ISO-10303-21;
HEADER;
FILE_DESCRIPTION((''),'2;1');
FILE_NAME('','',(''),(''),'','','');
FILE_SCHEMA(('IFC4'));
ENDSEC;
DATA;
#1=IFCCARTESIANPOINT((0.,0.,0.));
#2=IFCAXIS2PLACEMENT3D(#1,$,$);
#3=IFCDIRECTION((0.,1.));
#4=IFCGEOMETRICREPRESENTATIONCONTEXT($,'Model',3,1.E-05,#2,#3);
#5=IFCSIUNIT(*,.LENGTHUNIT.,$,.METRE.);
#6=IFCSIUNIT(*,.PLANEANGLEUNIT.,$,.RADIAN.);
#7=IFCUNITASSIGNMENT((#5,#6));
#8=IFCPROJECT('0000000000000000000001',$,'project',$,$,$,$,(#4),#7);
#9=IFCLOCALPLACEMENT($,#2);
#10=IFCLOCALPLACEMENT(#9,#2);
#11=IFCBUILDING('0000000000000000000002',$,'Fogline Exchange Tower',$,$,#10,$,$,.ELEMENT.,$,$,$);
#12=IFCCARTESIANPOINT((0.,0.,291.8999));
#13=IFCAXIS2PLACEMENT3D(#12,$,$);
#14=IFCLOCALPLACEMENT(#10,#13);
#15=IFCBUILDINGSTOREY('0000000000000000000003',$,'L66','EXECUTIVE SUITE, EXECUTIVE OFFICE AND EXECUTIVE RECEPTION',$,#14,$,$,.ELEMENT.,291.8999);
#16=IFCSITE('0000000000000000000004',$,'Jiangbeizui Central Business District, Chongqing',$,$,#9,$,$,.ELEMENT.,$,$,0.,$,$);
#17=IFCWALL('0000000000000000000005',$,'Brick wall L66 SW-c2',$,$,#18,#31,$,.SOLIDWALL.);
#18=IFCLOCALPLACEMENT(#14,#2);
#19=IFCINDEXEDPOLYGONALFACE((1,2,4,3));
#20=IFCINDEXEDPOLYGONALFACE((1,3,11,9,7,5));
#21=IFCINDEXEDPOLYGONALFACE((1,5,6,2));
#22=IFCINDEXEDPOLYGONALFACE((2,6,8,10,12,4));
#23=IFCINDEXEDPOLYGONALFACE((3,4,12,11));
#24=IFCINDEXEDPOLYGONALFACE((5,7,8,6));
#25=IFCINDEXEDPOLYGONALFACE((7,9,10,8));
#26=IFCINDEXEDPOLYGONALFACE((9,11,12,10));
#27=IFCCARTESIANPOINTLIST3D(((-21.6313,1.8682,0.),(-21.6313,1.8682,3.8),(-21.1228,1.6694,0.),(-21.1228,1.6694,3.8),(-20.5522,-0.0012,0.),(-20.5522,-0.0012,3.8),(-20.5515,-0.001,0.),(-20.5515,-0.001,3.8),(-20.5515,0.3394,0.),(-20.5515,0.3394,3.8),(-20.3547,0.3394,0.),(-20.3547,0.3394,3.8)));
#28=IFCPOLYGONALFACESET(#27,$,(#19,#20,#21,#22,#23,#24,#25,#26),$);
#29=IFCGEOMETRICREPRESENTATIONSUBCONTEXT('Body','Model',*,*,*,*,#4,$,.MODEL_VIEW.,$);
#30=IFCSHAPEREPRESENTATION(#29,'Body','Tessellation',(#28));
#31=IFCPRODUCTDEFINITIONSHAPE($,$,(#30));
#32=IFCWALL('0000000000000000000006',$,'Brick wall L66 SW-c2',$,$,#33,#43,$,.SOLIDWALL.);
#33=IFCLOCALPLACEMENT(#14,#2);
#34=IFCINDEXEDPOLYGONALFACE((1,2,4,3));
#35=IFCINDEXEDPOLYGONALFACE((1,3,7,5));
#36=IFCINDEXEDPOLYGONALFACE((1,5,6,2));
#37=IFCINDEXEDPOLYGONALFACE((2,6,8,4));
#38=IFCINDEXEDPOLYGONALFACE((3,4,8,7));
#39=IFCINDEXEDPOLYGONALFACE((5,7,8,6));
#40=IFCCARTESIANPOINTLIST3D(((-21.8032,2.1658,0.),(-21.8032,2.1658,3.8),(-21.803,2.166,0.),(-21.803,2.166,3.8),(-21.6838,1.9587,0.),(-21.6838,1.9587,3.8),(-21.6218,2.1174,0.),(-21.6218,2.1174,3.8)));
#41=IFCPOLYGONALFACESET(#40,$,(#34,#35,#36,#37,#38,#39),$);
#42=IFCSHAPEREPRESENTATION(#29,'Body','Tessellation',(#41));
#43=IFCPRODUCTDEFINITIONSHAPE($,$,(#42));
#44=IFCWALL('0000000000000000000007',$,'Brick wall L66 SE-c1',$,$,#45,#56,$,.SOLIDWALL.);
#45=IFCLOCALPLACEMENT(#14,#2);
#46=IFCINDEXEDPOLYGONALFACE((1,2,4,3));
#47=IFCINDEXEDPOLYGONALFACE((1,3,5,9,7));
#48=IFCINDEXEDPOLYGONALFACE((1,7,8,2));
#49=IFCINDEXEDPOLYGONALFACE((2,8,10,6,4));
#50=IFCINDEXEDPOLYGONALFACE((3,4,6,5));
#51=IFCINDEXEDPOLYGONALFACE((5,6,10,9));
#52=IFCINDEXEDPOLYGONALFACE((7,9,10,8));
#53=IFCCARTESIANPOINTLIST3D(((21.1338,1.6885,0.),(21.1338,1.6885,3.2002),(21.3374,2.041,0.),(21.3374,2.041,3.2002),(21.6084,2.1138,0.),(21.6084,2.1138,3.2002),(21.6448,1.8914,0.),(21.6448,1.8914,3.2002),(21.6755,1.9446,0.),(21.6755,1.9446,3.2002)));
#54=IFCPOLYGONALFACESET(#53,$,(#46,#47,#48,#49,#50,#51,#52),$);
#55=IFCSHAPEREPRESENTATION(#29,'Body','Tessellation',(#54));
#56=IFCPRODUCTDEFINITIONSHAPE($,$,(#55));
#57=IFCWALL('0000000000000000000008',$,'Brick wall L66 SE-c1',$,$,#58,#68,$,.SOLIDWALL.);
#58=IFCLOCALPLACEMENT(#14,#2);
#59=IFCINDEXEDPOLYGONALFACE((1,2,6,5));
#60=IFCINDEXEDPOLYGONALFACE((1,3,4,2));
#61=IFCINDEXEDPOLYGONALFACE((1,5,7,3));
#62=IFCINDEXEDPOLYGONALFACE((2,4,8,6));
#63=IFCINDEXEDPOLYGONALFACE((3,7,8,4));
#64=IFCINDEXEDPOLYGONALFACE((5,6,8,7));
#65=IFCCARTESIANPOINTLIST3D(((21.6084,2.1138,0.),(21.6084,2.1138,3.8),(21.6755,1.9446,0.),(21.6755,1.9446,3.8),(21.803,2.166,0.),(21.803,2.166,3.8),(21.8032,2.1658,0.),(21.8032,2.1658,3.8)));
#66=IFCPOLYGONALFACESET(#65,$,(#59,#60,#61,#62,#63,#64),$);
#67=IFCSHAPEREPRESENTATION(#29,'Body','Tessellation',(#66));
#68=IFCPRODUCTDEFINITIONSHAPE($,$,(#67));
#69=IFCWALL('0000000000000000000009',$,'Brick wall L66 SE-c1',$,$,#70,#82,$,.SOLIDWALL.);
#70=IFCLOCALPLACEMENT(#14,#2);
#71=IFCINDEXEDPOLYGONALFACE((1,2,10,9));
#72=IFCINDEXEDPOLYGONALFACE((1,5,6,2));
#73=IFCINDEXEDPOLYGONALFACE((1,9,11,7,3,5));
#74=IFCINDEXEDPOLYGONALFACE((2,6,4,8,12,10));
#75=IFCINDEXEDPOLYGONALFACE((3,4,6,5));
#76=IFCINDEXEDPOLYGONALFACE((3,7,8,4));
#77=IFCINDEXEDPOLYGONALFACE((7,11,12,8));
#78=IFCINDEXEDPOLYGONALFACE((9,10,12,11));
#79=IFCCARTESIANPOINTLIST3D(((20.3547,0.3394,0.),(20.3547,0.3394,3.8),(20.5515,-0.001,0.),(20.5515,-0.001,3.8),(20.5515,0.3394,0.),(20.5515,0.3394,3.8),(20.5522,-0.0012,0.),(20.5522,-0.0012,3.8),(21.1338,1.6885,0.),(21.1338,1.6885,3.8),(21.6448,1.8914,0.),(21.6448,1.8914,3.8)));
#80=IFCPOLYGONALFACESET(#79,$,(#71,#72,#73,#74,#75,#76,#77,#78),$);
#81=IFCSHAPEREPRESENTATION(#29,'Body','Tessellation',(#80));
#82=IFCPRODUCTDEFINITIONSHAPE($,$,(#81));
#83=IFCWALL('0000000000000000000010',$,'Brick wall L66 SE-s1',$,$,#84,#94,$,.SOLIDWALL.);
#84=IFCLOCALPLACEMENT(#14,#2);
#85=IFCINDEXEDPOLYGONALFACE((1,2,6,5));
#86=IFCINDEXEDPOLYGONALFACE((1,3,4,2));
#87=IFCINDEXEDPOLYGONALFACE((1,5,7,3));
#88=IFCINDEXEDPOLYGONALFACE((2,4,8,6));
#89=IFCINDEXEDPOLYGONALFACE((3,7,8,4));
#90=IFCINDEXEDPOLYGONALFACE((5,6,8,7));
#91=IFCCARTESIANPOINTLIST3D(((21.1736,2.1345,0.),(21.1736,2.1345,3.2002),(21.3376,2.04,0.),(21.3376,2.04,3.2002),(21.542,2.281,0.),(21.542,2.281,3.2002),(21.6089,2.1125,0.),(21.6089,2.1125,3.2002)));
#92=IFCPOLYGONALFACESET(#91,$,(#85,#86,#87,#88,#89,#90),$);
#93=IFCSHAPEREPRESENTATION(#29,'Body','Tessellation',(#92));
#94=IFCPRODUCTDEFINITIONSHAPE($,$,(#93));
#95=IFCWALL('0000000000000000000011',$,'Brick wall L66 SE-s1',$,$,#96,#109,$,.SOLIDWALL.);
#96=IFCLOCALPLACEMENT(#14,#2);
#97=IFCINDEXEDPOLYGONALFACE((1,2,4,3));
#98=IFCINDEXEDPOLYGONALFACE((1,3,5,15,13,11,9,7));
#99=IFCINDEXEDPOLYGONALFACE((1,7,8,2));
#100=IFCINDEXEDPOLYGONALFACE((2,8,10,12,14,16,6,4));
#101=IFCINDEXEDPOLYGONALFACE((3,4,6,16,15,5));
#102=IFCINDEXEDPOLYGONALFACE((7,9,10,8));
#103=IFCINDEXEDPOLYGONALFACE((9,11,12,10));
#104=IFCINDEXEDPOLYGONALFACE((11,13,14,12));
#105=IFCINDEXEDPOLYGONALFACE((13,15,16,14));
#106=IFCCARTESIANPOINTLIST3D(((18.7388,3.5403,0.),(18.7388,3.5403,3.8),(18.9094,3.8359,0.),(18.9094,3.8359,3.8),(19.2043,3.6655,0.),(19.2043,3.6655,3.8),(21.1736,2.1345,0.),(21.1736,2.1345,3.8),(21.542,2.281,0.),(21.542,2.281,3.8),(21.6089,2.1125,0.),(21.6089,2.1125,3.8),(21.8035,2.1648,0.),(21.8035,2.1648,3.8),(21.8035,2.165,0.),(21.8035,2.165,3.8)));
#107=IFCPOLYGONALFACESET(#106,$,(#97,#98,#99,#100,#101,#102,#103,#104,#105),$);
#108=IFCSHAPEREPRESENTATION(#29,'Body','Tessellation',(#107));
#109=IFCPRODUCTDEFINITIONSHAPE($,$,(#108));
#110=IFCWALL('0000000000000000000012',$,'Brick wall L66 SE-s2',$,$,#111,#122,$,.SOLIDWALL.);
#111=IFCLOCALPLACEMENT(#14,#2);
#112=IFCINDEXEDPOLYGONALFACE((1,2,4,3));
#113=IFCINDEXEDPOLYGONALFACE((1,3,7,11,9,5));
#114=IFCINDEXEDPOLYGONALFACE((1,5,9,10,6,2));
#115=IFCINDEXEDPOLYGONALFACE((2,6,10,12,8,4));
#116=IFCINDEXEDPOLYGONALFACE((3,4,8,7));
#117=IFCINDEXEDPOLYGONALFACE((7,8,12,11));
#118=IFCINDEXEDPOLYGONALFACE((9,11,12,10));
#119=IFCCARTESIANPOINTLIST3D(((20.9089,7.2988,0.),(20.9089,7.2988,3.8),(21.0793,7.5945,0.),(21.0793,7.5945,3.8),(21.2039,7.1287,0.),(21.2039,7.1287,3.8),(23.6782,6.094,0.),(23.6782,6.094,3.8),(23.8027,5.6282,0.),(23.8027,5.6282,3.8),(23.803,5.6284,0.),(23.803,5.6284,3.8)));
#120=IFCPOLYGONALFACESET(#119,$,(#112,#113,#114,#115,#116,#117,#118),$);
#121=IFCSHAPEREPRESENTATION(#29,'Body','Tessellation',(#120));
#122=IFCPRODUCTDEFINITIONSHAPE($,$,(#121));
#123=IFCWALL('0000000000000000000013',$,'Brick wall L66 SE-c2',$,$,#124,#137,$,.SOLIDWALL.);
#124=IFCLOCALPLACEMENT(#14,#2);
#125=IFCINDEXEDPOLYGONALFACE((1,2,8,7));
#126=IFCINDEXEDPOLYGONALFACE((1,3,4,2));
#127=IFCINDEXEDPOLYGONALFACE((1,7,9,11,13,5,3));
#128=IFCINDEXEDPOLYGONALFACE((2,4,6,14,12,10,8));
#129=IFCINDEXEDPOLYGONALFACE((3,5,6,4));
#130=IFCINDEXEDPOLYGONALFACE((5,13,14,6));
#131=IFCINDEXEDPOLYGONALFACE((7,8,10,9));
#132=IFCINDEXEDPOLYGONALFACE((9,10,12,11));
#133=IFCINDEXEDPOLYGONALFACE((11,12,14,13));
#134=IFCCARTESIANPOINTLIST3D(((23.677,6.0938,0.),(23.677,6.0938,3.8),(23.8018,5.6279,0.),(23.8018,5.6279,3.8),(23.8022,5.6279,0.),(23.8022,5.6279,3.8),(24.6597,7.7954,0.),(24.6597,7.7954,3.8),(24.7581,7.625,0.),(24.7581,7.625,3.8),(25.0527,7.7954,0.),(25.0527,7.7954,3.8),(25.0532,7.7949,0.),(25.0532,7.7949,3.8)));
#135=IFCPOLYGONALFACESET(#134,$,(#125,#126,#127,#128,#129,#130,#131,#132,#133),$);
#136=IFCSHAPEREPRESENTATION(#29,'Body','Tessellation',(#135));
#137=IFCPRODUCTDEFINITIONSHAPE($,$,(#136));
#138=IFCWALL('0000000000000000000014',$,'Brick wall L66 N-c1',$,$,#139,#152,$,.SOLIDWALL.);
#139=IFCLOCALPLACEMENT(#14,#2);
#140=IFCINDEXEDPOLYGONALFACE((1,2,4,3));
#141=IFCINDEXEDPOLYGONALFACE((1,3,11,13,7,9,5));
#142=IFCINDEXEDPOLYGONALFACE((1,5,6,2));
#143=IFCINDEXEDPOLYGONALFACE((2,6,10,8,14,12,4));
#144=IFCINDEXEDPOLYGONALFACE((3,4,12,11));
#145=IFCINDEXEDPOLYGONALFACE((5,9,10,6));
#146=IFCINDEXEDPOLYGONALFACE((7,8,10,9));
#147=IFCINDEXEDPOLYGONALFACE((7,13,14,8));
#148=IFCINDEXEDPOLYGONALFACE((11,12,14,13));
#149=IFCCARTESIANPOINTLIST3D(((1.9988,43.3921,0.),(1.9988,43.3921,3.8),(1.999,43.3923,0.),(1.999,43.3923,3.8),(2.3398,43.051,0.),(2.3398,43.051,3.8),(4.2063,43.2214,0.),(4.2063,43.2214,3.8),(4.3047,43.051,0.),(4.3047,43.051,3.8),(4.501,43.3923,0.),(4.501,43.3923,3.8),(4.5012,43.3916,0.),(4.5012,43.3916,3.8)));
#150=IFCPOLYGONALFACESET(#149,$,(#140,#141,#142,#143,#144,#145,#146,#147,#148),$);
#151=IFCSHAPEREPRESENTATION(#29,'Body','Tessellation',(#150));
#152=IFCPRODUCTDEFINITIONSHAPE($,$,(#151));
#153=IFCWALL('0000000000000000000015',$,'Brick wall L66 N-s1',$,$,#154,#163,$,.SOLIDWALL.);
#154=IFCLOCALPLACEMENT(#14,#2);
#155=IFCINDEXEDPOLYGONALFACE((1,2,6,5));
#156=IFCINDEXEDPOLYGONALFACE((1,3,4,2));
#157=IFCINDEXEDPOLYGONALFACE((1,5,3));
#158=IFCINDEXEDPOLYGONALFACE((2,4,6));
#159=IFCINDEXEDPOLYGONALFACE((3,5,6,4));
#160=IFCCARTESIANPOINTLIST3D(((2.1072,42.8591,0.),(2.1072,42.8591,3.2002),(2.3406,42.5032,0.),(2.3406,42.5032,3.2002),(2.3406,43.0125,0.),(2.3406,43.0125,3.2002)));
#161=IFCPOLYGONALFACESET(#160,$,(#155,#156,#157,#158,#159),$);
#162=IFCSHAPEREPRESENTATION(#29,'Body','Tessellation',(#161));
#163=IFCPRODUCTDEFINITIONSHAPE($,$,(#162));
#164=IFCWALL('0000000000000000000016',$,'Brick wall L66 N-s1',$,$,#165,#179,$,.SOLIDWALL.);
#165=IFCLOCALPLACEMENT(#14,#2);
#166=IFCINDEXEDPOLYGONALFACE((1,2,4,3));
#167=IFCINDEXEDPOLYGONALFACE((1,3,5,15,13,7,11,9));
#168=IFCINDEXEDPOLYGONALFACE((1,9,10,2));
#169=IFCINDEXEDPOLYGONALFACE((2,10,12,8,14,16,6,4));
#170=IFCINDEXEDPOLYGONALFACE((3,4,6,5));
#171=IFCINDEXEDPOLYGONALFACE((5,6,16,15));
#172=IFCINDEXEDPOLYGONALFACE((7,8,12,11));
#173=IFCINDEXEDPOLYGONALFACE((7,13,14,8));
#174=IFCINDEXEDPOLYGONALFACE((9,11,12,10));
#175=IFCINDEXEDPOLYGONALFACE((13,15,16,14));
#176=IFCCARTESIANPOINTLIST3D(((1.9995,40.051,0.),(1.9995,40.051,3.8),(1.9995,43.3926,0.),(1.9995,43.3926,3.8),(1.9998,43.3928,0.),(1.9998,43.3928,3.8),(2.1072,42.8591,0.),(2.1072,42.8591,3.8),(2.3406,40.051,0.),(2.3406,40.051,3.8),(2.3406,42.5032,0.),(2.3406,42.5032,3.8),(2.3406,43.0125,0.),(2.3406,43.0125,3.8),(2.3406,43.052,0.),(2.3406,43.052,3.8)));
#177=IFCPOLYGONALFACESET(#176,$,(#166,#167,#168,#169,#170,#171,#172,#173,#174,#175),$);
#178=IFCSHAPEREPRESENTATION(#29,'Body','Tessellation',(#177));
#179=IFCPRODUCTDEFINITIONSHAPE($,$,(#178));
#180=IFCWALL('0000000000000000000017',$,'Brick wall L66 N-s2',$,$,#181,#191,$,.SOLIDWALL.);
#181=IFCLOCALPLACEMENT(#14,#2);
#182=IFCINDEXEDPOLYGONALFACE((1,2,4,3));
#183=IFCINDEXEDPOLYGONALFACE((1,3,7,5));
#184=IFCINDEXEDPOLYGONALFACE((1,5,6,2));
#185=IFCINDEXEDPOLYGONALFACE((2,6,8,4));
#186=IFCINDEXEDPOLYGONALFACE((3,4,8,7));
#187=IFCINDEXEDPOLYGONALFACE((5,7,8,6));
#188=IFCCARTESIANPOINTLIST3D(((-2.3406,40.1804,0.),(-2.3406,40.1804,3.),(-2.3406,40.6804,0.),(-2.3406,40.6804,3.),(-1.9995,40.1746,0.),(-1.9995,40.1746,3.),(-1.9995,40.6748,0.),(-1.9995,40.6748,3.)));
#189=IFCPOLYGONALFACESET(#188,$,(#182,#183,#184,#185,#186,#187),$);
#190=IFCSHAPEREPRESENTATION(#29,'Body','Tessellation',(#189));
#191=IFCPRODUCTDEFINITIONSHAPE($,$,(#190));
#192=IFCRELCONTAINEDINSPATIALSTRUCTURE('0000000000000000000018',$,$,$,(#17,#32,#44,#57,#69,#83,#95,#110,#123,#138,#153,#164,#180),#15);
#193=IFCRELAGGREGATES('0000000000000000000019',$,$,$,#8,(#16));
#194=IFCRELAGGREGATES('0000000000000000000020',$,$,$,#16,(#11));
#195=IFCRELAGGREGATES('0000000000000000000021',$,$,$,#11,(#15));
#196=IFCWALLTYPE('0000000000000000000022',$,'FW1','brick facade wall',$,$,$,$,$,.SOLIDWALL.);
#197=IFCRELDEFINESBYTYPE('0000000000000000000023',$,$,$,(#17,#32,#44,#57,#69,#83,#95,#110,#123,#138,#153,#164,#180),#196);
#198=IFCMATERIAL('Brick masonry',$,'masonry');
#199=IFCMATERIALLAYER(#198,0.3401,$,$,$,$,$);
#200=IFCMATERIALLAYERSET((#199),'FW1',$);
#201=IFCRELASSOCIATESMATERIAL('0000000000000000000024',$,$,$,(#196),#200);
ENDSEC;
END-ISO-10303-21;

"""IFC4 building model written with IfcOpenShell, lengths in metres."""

from ifc_helpers import new_model, si_unit, direction, frame, origin, place, context, subcontext, project, spatial, polyline, outline, extrude, material, layer, layer_set, type_object, element, save


model = new_model("IFC4")

# Units and contexts
model_context = context("Model", 3, precision=1e-05, world=origin(), true_north=direction((0.0, 1.0)))
body_context = subcontext(model_context, "Body", "Model", "MODEL_VIEW")
ifc_project = project(units=[si_unit("LENGTHUNIT", "METRE"), si_unit("PLANEANGLEUNIT", "RADIAN")], contexts=[model_context])

# Site, building, storey
site_placement = place(None, origin())
site = spatial("IfcSite", under=ifc_project, at=site_placement, Name="Jiangbeizui Central Business District, Chongqing", CompositionType="ELEMENT", RefElevation=0.0)
building_placement = place(site_placement, origin())
building = spatial("IfcBuilding", under=site, at=building_placement, Name="Fogline Exchange Tower", CompositionType="ELEMENT")
storey_placement = place(building_placement, frame((0.0, 0.0, 291.8999)))
storey = spatial("IfcBuildingStorey", under=building, at=storey_placement, Name="L66", Description="EXECUTIVE SUITE, EXECUTIVE OFFICE AND EXECUTIVE RECEPTION", CompositionType="ELEMENT", Elevation=291.8999)

# Walls
ifc_material_1 = material(Name="Brick masonry", Category="masonry")
ifc_layer_1 = layer(ifc_material_1, 0.3401)
ifc_layer_set_1 = layer_set([ifc_layer_1], Name="FW1")
wall_type_1 = type_object("IfcWallType", Name="FW1", Description="brick facade wall", PredefinedType="SOLIDWALL", material=ifc_layer_set_1)
wall_1_placement = place(storey_placement, origin())
element("IfcWall", 1, at=wall_1_placement, inside=storey, type_object=wall_type_1, Name="Brick wall L66 SW-c2", PredefinedType="SOLIDWALL", context=body_context, shape_type="SweptSolid", body=[
    extrude(outline(polyline([(-20.5515, 0.3394), (-20.5515, -0.001), (-20.5522, -0.0012), (-21.6313, 1.8682), (-21.1228, 1.6694), (-20.3547, 0.3394), (-20.5515, 0.3394)])), origin(), (0.0, 0.0, 1.0), 3.8),
])
wall_2_placement = place(storey_placement, origin())
element("IfcWall", 2, at=wall_2_placement, inside=storey, type_object=wall_type_1, Name="Brick wall L66 SW-c2", PredefinedType="SOLIDWALL", context=body_context, shape_type="SweptSolid", body=[
    extrude(outline(polyline([(-21.8032, 2.1658), (-21.803, 2.166), (-21.6218, 2.1174), (-21.6838, 1.9587), (-21.8032, 2.1658)])), origin(), (0.0, 0.0, 1.0), 3.8),
])
wall_3_placement = place(storey_placement, origin())
element("IfcWall", 3, at=wall_3_placement, inside=storey, type_object=wall_type_1, Name="Brick wall L66 SE-c1", PredefinedType="SOLIDWALL", context=body_context, shape_type="SweptSolid", body=[
    extrude(outline(polyline([(21.6448, 1.8914), (21.1338, 1.6885), (21.3374, 2.041), (21.6084, 2.1138), (21.6755, 1.9446), (21.6448, 1.8914)])), origin(), (0.0, 0.0, 1.0), 3.2002),
])
wall_4_placement = place(storey_placement, origin())
element("IfcWall", 4, at=wall_4_placement, inside=storey, type_object=wall_type_1, Name="Brick wall L66 SE-c1", PredefinedType="SOLIDWALL", context=body_context, shape_type="SweptSolid", body=[
    extrude(outline(polyline([(21.6755, 1.9446), (21.6084, 2.1138), (21.803, 2.166), (21.8032, 2.1658), (21.6755, 1.9446)])), origin(), (0.0, 0.0, 1.0), 3.8),
])
wall_5_placement = place(storey_placement, origin())
element("IfcWall", 5, at=wall_5_placement, inside=storey, type_object=wall_type_1, Name="Brick wall L66 SE-c1", PredefinedType="SOLIDWALL", context=body_context, shape_type="SweptSolid", body=[
    extrude(outline(polyline([(20.5522, -0.0012), (20.5515, -0.001), (20.5515, 0.3394), (20.3547, 0.3394), (21.1338, 1.6885), (21.6448, 1.8914), (20.5522, -0.0012)])), origin(), (0.0, 0.0, 1.0), 3.8),
])
wall_6_placement = place(storey_placement, origin())
element("IfcWall", 6, at=wall_6_placement, inside=storey, type_object=wall_type_1, Name="Brick wall L66 SE-s1", PredefinedType="SOLIDWALL", context=body_context, shape_type="SweptSolid", body=[
    extrude(outline(polyline([(21.3376, 2.04), (21.1736, 2.1345), (21.542, 2.281), (21.6089, 2.1125), (21.3376, 2.04)])), origin(), (0.0, 0.0, 1.0), 3.2002),
])
wall_7_placement = place(storey_placement, origin())
element("IfcWall", 7, at=wall_7_placement, inside=storey, type_object=wall_type_1, Name="Brick wall L66 SE-s1", PredefinedType="SOLIDWALL", context=body_context, shape_type="SweptSolid", body=[
    extrude(outline(polyline([(18.9094, 3.8359), (19.2043, 3.6655), (21.8035, 2.165), (21.8035, 2.1648), (21.6089, 2.1125), (21.542, 2.281), (21.1736, 2.1345), (18.7388, 3.5403), (18.9094, 3.8359)])), origin(), (0.0, 0.0, 1.0), 3.8),
])
wall_8_placement = place(storey_placement, origin())
element("IfcWall", 8, at=wall_8_placement, inside=storey, type_object=wall_type_1, Name="Brick wall L66 SE-s2", PredefinedType="SOLIDWALL", context=body_context, shape_type="SweptSolid", body=[
    extrude(outline(polyline([(23.8027, 5.6282), (21.2039, 7.1287), (20.9089, 7.2988), (21.0793, 7.5945), (23.6782, 6.094), (23.803, 5.6284), (23.8027, 5.6282)])), origin(), (0.0, 0.0, 1.0), 3.8),
])
wall_9_placement = place(storey_placement, origin())
element("IfcWall", 9, at=wall_9_placement, inside=storey, type_object=wall_type_1, Name="Brick wall L66 SE-c2", PredefinedType="SOLIDWALL", context=body_context, shape_type="SweptSolid", body=[
    extrude(outline(polyline([(24.6597, 7.7954), (24.7581, 7.625), (25.0527, 7.7954), (25.0532, 7.7949), (23.8022, 5.6279), (23.8018, 5.6279), (23.677, 6.0938), (24.6597, 7.7954)])), origin(), (0.0, 0.0, 1.0), 3.8),
])
wall_10_placement = place(storey_placement, origin())
element("IfcWall", 10, at=wall_10_placement, inside=storey, type_object=wall_type_1, Name="Brick wall L66 N-c1", PredefinedType="SOLIDWALL", context=body_context, shape_type="SweptSolid", body=[
    extrude(outline(polyline([(1.999, 43.3923), (4.501, 43.3923), (4.5012, 43.3916), (4.2063, 43.2214), (4.3047, 43.051), (2.3398, 43.051), (1.9988, 43.3921), (1.999, 43.3923)])), origin(), (0.0, 0.0, 1.0), 3.8),
])
wall_11_placement = place(storey_placement, origin())
element("IfcWall", 11, at=wall_11_placement, inside=storey, type_object=wall_type_1, Name="Brick wall L66 N-s1", PredefinedType="SOLIDWALL", context=body_context, shape_type="SweptSolid", body=[
    extrude(outline(polyline([(2.3406, 42.5032), (2.1072, 42.8591), (2.3406, 43.0125), (2.3406, 42.5032)])), origin(), (0.0, 0.0, 1.0), 3.2002),
])
wall_12_placement = place(storey_placement, origin())
element("IfcWall", 12, at=wall_12_placement, inside=storey, type_object=wall_type_1, Name="Brick wall L66 N-s1", PredefinedType="SOLIDWALL", context=body_context, shape_type="SweptSolid", body=[
    extrude(outline(polyline([(1.9995, 40.051), (1.9995, 43.3926), (1.9998, 43.3928), (2.3406, 43.052), (2.3406, 43.0125), (2.1072, 42.8591), (2.3406, 42.5032), (2.3406, 40.051), (1.9995, 40.051)])), origin(), (0.0, 0.0, 1.0), 3.8),
])
wall_13_placement = place(storey_placement, origin())
element("IfcWall", 13, at=wall_13_placement, inside=storey, type_object=wall_type_1, Name="Brick wall L66 N-s2", PredefinedType="SOLIDWALL", context=body_context, shape_type="SweptSolid", body=[
    extrude(outline(polyline([(-1.9995, 40.1746), (-2.3406, 40.1804), (-2.3406, 40.6804), (-1.9995, 40.6748), (-1.9995, 40.1746)])), origin(), (0.0, 0.0, 1.0), 3.0),
])

save(model, "model.ifc")
